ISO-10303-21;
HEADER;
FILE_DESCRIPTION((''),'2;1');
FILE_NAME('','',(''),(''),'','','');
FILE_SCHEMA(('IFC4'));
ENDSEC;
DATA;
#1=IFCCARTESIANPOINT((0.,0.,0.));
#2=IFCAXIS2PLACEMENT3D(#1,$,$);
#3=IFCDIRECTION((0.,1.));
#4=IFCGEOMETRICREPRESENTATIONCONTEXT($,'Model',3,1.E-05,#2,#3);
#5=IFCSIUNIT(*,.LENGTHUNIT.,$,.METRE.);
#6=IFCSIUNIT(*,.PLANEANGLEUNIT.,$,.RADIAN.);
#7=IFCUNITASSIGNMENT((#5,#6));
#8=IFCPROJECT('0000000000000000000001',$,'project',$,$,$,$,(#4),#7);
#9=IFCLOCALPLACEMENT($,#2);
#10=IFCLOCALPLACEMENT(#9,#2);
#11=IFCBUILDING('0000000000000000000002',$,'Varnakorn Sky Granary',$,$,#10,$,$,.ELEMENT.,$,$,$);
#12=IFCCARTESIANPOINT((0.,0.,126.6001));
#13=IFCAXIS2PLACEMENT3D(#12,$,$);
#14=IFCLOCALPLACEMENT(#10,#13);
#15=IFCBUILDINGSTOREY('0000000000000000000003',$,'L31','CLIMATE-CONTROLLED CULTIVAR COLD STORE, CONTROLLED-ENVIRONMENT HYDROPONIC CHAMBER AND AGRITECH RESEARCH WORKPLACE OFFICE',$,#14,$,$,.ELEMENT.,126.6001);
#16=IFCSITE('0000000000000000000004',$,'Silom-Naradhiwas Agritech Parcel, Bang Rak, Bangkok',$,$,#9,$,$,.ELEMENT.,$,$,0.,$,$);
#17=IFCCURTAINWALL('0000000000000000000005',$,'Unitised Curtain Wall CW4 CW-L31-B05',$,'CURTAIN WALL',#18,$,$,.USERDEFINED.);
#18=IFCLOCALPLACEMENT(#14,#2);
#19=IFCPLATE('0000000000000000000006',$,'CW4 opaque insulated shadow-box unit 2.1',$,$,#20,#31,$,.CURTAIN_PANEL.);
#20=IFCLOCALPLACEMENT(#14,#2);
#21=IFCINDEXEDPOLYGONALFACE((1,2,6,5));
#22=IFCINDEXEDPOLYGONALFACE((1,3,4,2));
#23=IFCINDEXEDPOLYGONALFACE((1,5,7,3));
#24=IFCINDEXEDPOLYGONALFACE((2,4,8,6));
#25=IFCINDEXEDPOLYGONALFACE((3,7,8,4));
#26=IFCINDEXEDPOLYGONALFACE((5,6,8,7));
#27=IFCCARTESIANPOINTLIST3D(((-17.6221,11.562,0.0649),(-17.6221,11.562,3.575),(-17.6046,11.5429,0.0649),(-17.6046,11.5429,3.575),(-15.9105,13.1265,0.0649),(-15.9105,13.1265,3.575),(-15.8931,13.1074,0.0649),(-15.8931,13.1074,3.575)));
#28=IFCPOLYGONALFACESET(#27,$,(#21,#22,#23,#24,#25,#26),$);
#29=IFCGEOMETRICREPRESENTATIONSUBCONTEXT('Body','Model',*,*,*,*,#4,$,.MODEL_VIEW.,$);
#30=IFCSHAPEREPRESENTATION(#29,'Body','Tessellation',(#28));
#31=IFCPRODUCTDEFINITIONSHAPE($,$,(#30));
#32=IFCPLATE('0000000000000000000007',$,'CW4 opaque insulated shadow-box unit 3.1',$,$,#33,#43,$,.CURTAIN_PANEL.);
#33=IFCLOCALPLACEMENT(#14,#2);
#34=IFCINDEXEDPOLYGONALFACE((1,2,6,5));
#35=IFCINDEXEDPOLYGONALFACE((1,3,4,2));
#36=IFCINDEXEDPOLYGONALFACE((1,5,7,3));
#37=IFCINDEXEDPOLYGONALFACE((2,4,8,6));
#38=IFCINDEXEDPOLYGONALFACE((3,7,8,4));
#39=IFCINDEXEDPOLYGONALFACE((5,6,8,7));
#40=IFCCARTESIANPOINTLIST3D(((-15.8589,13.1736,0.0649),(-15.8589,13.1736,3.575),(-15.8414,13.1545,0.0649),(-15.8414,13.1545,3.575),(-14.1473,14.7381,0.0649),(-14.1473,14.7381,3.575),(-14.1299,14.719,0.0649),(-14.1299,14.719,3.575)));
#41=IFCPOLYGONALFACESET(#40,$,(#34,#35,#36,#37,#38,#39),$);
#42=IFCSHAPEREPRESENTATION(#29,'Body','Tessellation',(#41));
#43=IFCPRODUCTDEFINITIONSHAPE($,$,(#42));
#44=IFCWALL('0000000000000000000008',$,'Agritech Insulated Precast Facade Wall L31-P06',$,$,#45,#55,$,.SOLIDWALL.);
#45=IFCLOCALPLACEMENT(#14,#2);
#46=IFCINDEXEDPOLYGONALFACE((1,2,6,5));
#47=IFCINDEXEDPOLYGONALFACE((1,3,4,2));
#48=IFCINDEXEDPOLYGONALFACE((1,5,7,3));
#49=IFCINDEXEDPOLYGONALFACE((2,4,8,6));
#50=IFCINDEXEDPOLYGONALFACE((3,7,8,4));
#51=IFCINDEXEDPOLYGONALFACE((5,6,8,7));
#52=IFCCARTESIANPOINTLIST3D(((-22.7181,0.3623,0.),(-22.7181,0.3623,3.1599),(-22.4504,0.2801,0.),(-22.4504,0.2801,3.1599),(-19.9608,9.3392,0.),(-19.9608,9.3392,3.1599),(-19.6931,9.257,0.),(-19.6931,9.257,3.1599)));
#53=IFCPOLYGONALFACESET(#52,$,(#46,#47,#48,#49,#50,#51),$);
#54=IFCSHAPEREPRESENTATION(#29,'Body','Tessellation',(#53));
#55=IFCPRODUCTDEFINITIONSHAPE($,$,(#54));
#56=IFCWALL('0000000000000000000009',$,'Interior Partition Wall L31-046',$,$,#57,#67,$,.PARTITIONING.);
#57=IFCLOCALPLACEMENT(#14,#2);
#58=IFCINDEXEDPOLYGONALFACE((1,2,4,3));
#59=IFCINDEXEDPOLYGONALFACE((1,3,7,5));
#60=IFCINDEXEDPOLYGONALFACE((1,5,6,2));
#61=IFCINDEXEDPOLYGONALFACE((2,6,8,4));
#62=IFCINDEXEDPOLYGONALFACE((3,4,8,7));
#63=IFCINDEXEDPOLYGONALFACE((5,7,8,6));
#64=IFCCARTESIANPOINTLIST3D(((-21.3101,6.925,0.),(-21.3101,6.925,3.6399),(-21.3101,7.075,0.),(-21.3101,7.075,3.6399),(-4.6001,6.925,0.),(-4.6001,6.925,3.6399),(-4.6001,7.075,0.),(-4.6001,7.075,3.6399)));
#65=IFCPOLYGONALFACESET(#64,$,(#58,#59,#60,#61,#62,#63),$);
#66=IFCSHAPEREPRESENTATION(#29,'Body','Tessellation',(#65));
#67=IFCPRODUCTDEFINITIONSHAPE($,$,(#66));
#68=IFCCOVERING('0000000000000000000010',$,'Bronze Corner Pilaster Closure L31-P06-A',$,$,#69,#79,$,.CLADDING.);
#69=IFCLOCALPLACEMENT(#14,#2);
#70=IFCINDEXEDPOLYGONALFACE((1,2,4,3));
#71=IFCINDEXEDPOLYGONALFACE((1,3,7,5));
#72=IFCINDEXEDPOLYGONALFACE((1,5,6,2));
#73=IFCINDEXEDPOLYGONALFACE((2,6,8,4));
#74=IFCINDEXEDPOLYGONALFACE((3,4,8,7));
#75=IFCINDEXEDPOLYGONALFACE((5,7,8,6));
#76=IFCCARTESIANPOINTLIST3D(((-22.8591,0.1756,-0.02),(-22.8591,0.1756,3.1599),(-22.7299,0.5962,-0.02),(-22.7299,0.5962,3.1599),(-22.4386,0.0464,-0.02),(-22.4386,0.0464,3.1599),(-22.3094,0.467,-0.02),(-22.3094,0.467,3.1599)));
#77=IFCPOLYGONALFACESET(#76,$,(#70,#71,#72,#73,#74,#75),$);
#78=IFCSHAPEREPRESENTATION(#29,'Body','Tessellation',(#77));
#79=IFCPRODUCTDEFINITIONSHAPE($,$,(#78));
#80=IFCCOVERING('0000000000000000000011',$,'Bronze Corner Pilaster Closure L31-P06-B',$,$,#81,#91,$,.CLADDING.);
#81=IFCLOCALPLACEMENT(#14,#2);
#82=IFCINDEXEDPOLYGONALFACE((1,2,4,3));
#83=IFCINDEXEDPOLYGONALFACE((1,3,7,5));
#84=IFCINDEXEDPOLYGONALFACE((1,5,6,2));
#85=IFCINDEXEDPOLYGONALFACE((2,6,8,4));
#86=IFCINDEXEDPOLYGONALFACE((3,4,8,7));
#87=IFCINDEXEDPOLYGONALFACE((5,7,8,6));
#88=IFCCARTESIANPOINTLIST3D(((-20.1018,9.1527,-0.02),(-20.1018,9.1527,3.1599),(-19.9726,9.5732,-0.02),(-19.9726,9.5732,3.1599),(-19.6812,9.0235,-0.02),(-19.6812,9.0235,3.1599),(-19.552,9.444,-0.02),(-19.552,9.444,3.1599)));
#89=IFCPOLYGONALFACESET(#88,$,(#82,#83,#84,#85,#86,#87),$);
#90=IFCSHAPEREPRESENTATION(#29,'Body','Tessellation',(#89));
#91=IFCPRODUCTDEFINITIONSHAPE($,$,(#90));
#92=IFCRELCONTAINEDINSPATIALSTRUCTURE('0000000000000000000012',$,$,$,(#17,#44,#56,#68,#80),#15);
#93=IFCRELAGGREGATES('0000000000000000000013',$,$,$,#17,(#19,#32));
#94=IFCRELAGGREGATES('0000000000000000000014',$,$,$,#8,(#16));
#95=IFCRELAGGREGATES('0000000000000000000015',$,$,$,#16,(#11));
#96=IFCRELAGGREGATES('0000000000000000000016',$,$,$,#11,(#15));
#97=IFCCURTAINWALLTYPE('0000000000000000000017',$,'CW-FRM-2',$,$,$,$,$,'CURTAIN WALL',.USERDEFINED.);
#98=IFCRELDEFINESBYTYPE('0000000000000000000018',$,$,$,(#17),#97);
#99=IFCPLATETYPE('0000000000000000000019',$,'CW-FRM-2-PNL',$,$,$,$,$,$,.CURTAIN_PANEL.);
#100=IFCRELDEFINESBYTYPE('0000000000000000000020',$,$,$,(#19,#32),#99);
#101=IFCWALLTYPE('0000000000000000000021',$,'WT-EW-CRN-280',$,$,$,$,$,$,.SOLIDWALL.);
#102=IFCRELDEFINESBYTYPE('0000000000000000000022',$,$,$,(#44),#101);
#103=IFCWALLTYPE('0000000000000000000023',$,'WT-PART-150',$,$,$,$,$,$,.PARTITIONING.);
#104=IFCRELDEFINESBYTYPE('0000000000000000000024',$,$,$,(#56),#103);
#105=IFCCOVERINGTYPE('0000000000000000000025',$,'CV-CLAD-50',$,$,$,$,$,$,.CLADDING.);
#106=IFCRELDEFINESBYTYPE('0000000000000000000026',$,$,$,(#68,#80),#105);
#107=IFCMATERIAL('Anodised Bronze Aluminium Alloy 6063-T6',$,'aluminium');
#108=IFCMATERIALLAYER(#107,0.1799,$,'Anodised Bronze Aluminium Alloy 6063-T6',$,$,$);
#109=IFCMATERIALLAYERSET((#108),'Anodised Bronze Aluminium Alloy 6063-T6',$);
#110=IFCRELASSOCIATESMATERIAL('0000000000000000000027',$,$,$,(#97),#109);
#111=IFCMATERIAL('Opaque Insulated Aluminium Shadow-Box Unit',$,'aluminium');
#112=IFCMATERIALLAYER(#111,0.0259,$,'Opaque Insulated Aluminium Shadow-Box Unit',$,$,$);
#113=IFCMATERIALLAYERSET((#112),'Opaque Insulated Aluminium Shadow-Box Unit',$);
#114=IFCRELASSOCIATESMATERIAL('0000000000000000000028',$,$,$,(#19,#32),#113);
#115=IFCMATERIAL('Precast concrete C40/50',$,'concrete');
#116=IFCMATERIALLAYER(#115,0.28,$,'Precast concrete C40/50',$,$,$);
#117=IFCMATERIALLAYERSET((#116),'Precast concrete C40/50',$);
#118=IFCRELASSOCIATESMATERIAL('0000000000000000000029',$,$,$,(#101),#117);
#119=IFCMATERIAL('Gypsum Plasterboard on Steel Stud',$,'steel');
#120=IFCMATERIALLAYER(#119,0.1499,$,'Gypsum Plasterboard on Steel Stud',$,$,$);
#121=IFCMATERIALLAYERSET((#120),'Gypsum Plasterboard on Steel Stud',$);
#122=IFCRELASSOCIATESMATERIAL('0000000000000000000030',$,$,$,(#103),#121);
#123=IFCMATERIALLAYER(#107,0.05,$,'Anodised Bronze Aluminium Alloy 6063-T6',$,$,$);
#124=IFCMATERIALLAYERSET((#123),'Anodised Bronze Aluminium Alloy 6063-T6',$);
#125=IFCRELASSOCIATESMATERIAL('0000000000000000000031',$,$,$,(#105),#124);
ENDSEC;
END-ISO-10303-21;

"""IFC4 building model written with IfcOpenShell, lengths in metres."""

from ifc_helpers import new_model, si_unit, direction, frame, frame_2d, origin, origin_2d, place, context, subcontext, project, spatial, rectangle, extrude, source, transform, mapped, material, layer, layer_set, type_object, type_shapes, element, aggregate, save


model = new_model("IFC4")

# Units and contexts
model_context = context("Model", 3, precision=1e-05, world=origin(), true_north=direction((0.0, 1.0)))
body_context = subcontext(model_context, "Body", "Model", "MODEL_VIEW")
ifc_project = project(units=[si_unit("LENGTHUNIT", "METRE"), si_unit("PLANEANGLEUNIT", "RADIAN")], contexts=[model_context])

# Site, building, storey
site_placement = place(None, origin())
site = spatial("IfcSite", under=ifc_project, at=site_placement, Name="Silom-Naradhiwas Agritech Parcel, Bang Rak, Bangkok", CompositionType="ELEMENT", RefElevation=0.0)
building_placement = place(site_placement, origin())
building = spatial("IfcBuilding", under=site, at=building_placement, Name="Varnakorn Sky Granary", CompositionType="ELEMENT")
storey_placement = place(building_placement, frame((0.0, 0.0, 126.6001)))
storey = spatial("IfcBuildingStorey", under=building, at=storey_placement, Name="L31", Description="CLIMATE-CONTROLLED CULTIVAR COLD STORE, CONTROLLED-ENVIRONMENT HYDROPONIC CHAMBER AND AGRITECH RESEARCH WORKPLACE OFFICE", CompositionType="ELEMENT", Elevation=126.6001)

# Curtain wall
ifc_material_1 = material(Name="Anodised Bronze Aluminium Alloy 6063-T6", Category="aluminium")
ifc_layer_1 = layer(ifc_material_1, 0.1799, Name="Anodised Bronze Aluminium Alloy 6063-T6")
ifc_layer_set_1 = layer_set([ifc_layer_1], Name="Anodised Bronze Aluminium Alloy 6063-T6")
curtain_wall_type = type_object("IfcCurtainWallType", Name="CW-FRM-2", ElementType="CURTAIN WALL", PredefinedType="USERDEFINED", material=ifc_layer_set_1)
curtain_wall_placement = place(storey_placement, origin())
curtain_wall = element("IfcCurtainWall", 1, at=curtain_wall_placement, inside=storey, type_object=curtain_wall_type, Name="Unitised Curtain Wall CW4 CW-L31-B05", ObjectType="CURTAIN WALL", PredefinedType="USERDEFINED")

# Plates
plate_type = type_object("IfcPlateType", Name="CW-FRM-2-PNL", PredefinedType="CURTAIN_PANEL")
ifc_material_2 = material(Name="Opaque Insulated Aluminium Shadow-Box Unit", Category="aluminium")
ifc_layer_2 = layer(ifc_material_2, 0.0259, Name="Opaque Insulated Aluminium Shadow-Box Unit")
ifc_layer_set_2 = layer_set([ifc_layer_2], Name="Opaque Insulated Aluminium Shadow-Box Unit")
shared_shape_1 = source(origin(), body_context, "Body", "SweptSolid", [
    extrude(rectangle(XDim=2.3188, YDim=0.0259, at=origin_2d()), origin(), (0.0, 0.0, 1.0), 3.51),
])
plate_1_placement = place(storey_placement, frame((-16.7576, 12.3347, 0.0649), z_axis=(0.0, 0.0, 1.0), x_axis=(0.73811, 0.674681, 0.0)))
plate_1 = element("IfcPlate", 2, at=plate_1_placement, type_object=plate_type, material=ifc_layer_set_2, Name="CW4 opaque insulated shadow-box unit 2.1", PredefinedType="CURTAIN_PANEL", context=body_context, shape_type="MappedRepresentation", body=[
    mapped(shared_shape_1, transform((0.0, 0.0, 0.0), x_axis=(1.0, 0.0, 0.0), y_axis=(0.0, 1.0, 0.0), z_axis=(0.0, 0.0, 1.0), scale=1.0)),
])
plate_2_placement = place(storey_placement, frame((-14.9944, 13.9463, 0.0649), z_axis=(0.0, 0.0, 1.0), x_axis=(0.73811, 0.674681, 0.0)))
plate_2 = element("IfcPlate", 3, at=plate_2_placement, type_object=plate_type, material=ifc_layer_set_2, Name="CW4 opaque insulated shadow-box unit 3.1", PredefinedType="CURTAIN_PANEL", context=body_context, shape_type="MappedRepresentation", body=[
    mapped(shared_shape_1, transform((0.0, 0.0, 0.0), x_axis=(1.0, 0.0, 0.0), y_axis=(0.0, 1.0, 0.0), z_axis=(0.0, 0.0, 1.0), scale=1.0)),
])
aggregate(curtain_wall, [plate_1, plate_2])

# Walls
ifc_material_3 = material(Name="Precast concrete C40/50", Category="concrete")
ifc_layer_3 = layer(ifc_material_3, 0.28, Name="Precast concrete C40/50")
ifc_layer_set_3 = layer_set([ifc_layer_3], Name="Precast concrete C40/50")
wall_type_1 = type_object("IfcWallType", Name="WT-EW-CRN-280", PredefinedType="SOLIDWALL", material=ifc_layer_set_3)
wall_1_placement = place(storey_placement, frame((-22.5842, 0.3213, 0.0), z_axis=(0.0, 0.0, 1.0), x_axis=(0.293614, 0.955924, 0.0)))
element("IfcWall", 4, at=wall_1_placement, inside=storey, type_object=wall_type_1, Name="Agritech Insulated Precast Facade Wall L31-P06", PredefinedType="SOLIDWALL", context=body_context, shape_type="SweptSolid", body=[
    extrude(rectangle(XDim=9.3909, YDim=0.28, at=frame_2d((4.6953, 0.0))), origin(), (0.0, 0.0, 1.0), 3.1599),
])
ifc_material_4 = material(Name="Gypsum Plasterboard on Steel Stud", Category="steel")
ifc_layer_4 = layer(ifc_material_4, 0.1499, Name="Gypsum Plasterboard on Steel Stud")
ifc_layer_set_4 = layer_set([ifc_layer_4], Name="Gypsum Plasterboard on Steel Stud")
wall_type_2 = type_object("IfcWallType", Name="WT-PART-150", PredefinedType="PARTITIONING", material=ifc_layer_set_4)
wall_2_placement = place(storey_placement, frame((-21.3101, 7.0, 0.0), z_axis=(0.0, 0.0, 1.0), x_axis=(1.0, 0.0, 0.0)))
element("IfcWall", 5, at=wall_2_placement, inside=storey, type_object=wall_type_2, Name="Interior Partition Wall L31-046", PredefinedType="PARTITIONING", context=body_context, shape_type="SweptSolid", body=[
    extrude(rectangle(XDim=16.71, YDim=0.1499, at=frame_2d((8.355, 0.0))), origin(), (0.0, 0.0, 1.0), 3.6399),
])

# Coverings
ifc_layer_5 = layer(ifc_material_1, 0.05, Name="Anodised Bronze Aluminium Alloy 6063-T6")
ifc_layer_set_5 = layer_set([ifc_layer_5], Name="Anodised Bronze Aluminium Alloy 6063-T6")
covering_type = type_object("IfcCoveringType", Name="CV-CLAD-50", PredefinedType="CLADDING", material=ifc_layer_set_5)
shared_shape_2 = source(origin(), body_context, "Body", "SweptSolid", [
    extrude(rectangle(XDim=0.4399, YDim=0.4399, at=origin_2d()), origin(), (0.0, 0.0, 1.0), 3.1799),
])
type_shapes(covering_type, [shared_shape_2])
for number, where, z_axis, x_axis, name in (
    (6, (-22.5842, 0.3213, -0.02), (0.0, 0.0, 1.0), (0.293707, 0.955896, 0.0), "Bronze Corner Pilaster Closure L31-P06-A"),
    (7, (-19.8269, 9.2983, -0.02), (0.0, 0.0, 1.0), (0.293707, 0.955896, 0.0), "Bronze Corner Pilaster Closure L31-P06-B"),
):
    element("IfcCovering", number, at=place(storey_placement, frame(where, z_axis=z_axis, x_axis=x_axis)), inside=storey, type_object=covering_type, Name=name, PredefinedType="CLADDING", context=body_context, shape_type="MappedRepresentation", body=[
        mapped(shared_shape_2, transform((0.0, 0.0, 0.0), x_axis=(1.0, 0.0, 0.0), y_axis=(0.0, 1.0, 0.0), z_axis=(0.0, 0.0, 1.0), scale=1.0)),
    ])

save(model, "model.ifc")
